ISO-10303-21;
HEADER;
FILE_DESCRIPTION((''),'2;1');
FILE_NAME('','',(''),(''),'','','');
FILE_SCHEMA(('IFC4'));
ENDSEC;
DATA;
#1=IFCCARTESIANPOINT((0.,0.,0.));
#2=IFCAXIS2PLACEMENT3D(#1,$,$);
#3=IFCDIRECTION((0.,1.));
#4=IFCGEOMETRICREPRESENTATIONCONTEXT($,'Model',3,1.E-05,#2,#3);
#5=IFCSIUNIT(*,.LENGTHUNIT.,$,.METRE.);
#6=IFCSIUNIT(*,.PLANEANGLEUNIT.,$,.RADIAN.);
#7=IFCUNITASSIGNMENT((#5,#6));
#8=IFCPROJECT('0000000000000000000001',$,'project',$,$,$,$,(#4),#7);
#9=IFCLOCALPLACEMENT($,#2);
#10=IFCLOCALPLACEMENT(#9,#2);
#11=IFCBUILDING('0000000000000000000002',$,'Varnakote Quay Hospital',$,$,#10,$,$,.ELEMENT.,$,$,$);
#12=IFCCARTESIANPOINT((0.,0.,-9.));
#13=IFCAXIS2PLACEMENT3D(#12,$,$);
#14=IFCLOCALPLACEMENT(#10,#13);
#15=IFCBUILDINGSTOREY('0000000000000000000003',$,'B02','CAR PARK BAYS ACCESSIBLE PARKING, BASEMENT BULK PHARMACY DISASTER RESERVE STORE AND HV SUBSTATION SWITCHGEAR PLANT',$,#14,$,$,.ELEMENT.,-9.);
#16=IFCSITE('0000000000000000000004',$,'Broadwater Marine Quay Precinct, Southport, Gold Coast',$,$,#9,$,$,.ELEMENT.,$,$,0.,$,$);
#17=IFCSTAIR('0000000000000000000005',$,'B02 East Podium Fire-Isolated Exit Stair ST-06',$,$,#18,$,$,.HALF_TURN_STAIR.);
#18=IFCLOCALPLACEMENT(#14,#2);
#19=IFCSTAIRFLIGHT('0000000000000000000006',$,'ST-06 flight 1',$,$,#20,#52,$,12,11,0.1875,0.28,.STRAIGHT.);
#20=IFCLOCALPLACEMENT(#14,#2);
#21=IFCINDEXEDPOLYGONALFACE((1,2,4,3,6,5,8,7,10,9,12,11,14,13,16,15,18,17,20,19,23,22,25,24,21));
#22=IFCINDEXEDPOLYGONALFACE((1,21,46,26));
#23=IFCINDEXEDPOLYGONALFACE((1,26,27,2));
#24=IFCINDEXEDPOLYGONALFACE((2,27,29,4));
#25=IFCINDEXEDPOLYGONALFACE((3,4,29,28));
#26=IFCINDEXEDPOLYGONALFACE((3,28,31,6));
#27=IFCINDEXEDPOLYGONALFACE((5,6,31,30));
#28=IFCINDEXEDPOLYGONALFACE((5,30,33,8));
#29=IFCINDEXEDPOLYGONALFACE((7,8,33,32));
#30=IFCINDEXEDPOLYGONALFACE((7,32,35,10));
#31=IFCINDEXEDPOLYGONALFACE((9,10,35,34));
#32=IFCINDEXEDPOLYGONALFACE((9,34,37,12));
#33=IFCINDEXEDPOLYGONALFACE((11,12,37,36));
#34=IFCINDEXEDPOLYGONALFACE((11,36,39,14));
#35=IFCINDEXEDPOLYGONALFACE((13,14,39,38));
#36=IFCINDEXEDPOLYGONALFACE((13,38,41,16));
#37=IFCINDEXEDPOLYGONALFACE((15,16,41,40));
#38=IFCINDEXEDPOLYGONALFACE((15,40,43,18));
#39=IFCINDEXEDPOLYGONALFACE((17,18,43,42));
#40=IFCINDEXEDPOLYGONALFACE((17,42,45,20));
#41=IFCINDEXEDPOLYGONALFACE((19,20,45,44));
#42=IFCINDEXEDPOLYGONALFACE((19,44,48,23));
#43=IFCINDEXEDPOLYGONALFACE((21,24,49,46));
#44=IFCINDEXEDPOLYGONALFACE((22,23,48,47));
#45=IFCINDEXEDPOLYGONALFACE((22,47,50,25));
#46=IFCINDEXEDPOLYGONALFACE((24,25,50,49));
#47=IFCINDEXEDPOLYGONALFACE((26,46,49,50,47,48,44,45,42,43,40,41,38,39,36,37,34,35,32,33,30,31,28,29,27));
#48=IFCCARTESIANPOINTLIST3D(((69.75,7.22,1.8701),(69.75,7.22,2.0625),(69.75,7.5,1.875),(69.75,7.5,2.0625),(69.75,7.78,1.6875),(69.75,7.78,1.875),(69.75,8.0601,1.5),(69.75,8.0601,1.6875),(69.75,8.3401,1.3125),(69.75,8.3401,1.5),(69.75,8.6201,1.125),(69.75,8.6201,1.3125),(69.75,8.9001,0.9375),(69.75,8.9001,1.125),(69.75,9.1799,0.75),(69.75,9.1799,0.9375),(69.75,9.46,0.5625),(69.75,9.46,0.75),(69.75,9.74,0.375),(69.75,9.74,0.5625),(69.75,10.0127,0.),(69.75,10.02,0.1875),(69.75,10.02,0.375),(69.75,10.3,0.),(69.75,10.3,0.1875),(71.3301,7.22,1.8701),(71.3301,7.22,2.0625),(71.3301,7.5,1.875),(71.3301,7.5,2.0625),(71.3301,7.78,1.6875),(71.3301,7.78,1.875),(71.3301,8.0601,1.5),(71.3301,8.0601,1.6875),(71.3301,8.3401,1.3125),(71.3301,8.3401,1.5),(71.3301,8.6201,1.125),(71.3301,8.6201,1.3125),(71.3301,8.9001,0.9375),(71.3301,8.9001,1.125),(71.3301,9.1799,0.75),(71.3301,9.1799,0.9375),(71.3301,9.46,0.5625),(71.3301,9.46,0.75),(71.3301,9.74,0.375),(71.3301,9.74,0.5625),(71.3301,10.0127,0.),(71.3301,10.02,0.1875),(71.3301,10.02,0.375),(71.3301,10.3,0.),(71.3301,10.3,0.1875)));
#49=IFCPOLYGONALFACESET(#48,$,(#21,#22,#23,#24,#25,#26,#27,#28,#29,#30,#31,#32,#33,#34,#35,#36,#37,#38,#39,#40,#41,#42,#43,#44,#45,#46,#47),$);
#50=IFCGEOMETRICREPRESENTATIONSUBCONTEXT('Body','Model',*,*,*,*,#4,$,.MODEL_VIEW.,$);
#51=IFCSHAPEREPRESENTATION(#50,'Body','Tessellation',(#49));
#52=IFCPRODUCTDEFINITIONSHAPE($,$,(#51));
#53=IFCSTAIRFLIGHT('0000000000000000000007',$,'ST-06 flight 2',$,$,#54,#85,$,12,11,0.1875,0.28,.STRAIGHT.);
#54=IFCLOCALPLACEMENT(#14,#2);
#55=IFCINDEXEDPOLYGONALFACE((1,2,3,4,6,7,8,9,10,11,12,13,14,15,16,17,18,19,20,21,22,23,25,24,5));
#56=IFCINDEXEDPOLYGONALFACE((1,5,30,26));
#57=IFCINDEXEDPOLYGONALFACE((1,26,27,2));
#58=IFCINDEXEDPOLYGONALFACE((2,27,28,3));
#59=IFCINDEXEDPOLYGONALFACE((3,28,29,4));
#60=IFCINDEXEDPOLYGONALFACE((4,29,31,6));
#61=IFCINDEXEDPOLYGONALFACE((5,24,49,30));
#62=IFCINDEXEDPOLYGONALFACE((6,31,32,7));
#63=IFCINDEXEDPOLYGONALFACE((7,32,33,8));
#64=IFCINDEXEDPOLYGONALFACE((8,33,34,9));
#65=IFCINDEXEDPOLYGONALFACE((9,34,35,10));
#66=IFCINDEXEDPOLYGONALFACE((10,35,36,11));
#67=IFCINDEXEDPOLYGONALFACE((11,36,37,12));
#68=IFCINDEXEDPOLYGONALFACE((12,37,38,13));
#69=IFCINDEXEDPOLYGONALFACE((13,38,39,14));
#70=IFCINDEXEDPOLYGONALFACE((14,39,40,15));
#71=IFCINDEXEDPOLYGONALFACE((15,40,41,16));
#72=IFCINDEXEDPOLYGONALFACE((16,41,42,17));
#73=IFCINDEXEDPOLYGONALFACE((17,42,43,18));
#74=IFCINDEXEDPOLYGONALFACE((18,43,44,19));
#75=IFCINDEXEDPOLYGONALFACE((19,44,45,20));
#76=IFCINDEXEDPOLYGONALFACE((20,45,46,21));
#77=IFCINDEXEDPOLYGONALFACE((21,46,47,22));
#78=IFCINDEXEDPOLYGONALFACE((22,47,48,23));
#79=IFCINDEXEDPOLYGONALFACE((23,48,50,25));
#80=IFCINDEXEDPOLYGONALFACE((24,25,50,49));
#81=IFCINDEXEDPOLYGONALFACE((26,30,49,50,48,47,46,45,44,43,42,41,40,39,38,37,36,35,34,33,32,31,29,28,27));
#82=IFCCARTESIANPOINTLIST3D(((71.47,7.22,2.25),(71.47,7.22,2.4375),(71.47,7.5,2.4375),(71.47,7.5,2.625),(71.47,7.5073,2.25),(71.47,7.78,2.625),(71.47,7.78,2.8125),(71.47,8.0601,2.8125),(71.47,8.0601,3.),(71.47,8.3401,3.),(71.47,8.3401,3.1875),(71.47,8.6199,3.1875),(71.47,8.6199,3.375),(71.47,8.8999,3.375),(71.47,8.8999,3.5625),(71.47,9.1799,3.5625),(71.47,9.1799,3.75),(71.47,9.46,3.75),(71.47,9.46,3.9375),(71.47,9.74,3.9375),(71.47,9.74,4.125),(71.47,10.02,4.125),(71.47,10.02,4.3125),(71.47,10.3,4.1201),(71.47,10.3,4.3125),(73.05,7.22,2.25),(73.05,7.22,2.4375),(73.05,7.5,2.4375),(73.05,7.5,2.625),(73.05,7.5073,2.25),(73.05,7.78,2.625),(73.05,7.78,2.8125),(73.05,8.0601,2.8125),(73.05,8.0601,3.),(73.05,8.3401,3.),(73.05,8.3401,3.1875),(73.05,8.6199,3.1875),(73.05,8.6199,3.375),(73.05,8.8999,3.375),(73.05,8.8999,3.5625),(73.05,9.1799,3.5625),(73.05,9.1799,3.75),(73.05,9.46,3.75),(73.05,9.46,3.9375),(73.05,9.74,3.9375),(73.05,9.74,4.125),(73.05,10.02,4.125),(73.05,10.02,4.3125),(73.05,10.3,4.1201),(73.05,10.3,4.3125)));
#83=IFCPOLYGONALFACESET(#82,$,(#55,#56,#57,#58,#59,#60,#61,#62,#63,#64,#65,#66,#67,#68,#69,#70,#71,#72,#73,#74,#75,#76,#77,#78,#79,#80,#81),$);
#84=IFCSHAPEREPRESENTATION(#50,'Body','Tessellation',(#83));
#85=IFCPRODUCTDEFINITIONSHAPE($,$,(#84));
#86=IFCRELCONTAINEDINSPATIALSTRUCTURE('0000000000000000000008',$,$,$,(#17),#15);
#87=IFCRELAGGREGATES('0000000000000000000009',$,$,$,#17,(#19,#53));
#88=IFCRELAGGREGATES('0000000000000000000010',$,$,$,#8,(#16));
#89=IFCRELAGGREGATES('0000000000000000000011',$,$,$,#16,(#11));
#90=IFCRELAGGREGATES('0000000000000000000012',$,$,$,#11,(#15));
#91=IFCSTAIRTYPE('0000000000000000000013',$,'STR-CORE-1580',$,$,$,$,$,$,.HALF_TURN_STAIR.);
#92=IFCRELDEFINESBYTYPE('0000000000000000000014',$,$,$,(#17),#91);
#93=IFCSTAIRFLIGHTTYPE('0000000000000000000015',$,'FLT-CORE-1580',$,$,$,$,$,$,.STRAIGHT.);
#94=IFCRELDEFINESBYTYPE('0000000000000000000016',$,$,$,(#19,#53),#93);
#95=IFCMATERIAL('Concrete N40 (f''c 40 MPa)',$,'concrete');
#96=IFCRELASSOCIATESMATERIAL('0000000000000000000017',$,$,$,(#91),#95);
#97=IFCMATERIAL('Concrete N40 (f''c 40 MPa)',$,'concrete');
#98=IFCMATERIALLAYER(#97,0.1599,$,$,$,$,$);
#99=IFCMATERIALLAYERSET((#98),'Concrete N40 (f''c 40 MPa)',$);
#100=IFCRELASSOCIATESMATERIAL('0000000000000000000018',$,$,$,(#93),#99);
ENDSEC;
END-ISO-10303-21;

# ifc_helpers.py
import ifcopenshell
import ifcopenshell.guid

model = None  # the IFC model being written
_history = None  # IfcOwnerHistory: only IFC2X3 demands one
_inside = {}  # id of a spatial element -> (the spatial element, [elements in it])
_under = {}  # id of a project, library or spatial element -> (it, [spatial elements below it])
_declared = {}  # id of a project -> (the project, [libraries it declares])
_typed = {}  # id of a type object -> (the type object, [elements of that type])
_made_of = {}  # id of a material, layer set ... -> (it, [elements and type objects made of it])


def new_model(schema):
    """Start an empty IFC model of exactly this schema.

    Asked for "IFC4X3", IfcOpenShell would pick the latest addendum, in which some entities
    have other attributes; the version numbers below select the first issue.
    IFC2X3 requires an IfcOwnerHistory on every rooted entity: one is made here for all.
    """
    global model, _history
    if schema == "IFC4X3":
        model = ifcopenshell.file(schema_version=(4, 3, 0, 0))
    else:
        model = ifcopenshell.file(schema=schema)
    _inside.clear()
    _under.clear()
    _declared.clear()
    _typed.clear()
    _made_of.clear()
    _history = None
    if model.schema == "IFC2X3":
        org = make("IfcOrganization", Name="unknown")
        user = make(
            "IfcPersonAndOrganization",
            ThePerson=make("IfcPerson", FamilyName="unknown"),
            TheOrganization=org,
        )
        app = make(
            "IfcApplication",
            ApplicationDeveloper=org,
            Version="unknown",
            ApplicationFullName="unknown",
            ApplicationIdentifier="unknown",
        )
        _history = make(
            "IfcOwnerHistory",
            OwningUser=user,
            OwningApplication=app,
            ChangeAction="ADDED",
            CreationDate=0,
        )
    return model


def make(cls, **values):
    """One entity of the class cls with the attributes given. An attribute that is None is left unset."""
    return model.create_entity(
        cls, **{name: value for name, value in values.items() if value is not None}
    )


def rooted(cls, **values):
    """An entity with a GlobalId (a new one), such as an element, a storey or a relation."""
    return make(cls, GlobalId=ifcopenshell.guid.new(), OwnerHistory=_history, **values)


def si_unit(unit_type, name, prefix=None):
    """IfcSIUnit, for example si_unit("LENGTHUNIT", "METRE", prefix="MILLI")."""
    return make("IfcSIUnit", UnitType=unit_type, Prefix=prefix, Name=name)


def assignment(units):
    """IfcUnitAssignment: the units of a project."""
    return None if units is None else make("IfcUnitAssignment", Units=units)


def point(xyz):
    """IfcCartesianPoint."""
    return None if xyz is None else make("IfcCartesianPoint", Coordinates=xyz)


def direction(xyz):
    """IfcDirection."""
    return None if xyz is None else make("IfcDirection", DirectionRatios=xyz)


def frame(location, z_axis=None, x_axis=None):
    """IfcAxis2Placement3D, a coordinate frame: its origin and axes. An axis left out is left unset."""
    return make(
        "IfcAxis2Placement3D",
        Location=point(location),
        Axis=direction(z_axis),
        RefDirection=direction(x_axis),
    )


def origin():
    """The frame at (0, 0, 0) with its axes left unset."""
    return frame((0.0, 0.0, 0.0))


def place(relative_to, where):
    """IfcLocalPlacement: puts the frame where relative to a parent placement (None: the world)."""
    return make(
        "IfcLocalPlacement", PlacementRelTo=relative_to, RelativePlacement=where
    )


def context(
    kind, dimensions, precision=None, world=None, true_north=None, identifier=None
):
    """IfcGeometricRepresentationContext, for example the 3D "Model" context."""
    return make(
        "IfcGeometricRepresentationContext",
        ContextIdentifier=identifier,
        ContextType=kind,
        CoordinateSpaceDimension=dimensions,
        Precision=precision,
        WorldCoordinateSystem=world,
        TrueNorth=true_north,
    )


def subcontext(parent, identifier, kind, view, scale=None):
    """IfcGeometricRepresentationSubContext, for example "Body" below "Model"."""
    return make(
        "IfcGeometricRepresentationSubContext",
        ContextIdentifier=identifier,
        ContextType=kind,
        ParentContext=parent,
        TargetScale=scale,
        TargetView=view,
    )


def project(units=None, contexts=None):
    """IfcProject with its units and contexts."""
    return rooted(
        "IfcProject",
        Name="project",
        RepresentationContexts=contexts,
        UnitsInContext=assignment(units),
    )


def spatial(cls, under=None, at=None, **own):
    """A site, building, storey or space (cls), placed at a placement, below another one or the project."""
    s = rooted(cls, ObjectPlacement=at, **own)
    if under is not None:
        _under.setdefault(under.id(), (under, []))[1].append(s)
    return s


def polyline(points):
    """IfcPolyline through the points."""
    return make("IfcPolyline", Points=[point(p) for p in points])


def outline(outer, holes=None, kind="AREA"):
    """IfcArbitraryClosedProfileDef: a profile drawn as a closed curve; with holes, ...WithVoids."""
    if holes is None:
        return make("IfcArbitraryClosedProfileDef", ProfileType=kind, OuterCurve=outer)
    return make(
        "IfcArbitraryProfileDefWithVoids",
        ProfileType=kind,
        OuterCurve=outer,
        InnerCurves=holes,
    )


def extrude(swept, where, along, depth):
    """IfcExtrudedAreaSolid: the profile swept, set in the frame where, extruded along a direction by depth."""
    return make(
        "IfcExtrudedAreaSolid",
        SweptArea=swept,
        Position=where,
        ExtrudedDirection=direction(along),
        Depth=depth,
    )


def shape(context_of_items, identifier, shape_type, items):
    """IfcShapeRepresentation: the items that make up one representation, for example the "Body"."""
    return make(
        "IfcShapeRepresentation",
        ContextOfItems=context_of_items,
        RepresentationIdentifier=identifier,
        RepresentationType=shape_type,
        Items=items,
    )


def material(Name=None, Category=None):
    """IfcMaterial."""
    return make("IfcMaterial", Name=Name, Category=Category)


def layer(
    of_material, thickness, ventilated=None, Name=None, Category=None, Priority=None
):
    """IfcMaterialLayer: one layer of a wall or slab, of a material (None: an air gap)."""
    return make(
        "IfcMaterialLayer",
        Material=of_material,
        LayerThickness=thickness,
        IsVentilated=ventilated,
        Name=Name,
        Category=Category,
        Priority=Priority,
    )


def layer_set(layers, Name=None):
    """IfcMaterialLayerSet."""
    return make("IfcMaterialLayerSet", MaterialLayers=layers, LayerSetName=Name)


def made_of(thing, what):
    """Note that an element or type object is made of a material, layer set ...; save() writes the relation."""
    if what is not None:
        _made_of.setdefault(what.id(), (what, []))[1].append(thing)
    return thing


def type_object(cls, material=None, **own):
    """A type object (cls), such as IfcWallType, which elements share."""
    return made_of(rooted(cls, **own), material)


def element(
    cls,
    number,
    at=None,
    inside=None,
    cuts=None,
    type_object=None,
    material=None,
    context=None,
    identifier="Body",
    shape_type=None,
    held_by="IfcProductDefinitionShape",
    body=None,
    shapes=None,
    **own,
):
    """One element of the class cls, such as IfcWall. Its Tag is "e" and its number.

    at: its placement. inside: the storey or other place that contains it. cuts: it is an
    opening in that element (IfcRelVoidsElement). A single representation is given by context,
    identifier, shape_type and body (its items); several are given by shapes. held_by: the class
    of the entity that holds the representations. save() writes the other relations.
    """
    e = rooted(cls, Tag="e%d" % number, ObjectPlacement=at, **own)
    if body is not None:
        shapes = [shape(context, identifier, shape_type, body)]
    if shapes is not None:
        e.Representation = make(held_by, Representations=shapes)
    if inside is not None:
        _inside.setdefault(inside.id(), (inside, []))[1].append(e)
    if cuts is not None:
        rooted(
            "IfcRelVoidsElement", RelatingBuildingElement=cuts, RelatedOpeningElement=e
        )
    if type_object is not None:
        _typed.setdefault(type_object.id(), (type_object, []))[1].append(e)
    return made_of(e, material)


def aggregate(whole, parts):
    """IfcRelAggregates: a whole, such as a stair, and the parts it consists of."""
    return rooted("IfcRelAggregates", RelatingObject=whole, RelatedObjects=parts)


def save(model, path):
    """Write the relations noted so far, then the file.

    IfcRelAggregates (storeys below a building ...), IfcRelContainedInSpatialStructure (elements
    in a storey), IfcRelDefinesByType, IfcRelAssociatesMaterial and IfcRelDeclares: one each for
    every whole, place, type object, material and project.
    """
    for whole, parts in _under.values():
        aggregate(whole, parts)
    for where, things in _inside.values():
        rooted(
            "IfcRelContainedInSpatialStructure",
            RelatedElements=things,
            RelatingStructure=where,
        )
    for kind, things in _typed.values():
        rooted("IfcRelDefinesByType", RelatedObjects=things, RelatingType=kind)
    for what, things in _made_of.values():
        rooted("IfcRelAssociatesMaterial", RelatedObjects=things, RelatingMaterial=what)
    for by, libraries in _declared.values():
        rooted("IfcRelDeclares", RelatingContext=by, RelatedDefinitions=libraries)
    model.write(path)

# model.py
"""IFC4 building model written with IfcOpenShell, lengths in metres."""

from ifc_helpers import new_model, si_unit, direction, frame, origin, place, context, subcontext, project, spatial, polyline, outline, extrude, material, layer, layer_set, type_object, element, aggregate, save


model = new_model("IFC4")

# Units and contexts
model_context = context("Model", 3, precision=1e-05, world=origin(), true_north=direction((0.0, 1.0)))
body_context = subcontext(model_context, "Body", "Model", "MODEL_VIEW")
ifc_project = project(units=[si_unit("LENGTHUNIT", "METRE"), si_unit("PLANEANGLEUNIT", "RADIAN")], contexts=[model_context])

# Site, building, storey
site_placement = place(None, origin())
site = spatial("IfcSite", under=ifc_project, at=site_placement, Name="Broadwater Marine Quay Precinct, Southport, Gold Coast", CompositionType="ELEMENT", RefElevation=0.0)
building_placement = place(site_placement, origin())
building = spatial("IfcBuilding", under=site, at=building_placement, Name="Varnakote Quay Hospital", CompositionType="ELEMENT")
storey_placement = place(building_placement, frame((0.0, 0.0, -9.0)))
storey = spatial("IfcBuildingStorey", under=building, at=storey_placement, Name="B02", Description="CAR PARK BAYS ACCESSIBLE PARKING, BASEMENT BULK PHARMACY DISASTER RESERVE STORE AND HV SUBSTATION SWITCHGEAR PLANT", CompositionType="ELEMENT", Elevation=-9.0)

# Stair, stair flights
ifc_material_1 = material(Name="Concrete N40 (f'c 40 MPa)", Category="concrete")
stair_type = type_object("IfcStairType", Name="STR-CORE-1580", PredefinedType="HALF_TURN_STAIR", material=ifc_material_1)
stair_placement = place(storey_placement, origin())
stair = element("IfcStair", 1, at=stair_placement, inside=storey, type_object=stair_type, Name="B02 East Podium Fire-Isolated Exit Stair ST-06", PredefinedType="HALF_TURN_STAIR")
ifc_material_2 = material(Name="Concrete N40 (f'c 40 MPa)", Category="concrete")
ifc_layer_1 = layer(ifc_material_2, 0.1599)
ifc_layer_set_1 = layer_set([ifc_layer_1], Name="Concrete N40 (f'c 40 MPa)")
stair_flight_type = type_object("IfcStairFlightType", Name="FLT-CORE-1580", PredefinedType="STRAIGHT", material=ifc_layer_set_1)
stair_flight_1_placement = place(storey_placement, frame((70.54, 10.3, 0.0), z_axis=(0.0, 0.0, 1.0), x_axis=(0.0, -1.0, 0.0)))
stair_flight_1 = element("IfcStairFlight", 2, at=stair_flight_1_placement, type_object=stair_flight_type, Name="ST-06 flight 1", NumberOfRisers=12, NumberOfTreads=11, PredefinedType="STRAIGHT", RiserHeight=0.1875, TreadLength=0.28, context=body_context, shape_type="SweptSolid", body=[
    extrude(outline(polyline([(0.0, 0.0), (0.0, 0.1875), (0.28, 0.1875), (0.28, 0.375), (0.5601, 0.375), (0.5601, 0.5625), (0.8401, 0.5625), (0.8401, 0.75), (1.1201, 0.75), (1.1201, 0.9375), (1.3999, 0.9375), (1.3999, 1.125), (1.6799, 1.125), (1.6799, 1.3125), (1.96, 1.3125), (1.96, 1.5), (2.24, 1.5), (2.24, 1.6875), (2.52, 1.6875), (2.52, 1.875), (2.8, 1.875), (2.8, 2.0625), (3.0801, 2.0625), (3.0801, 2.25), (3.0801, 1.8701), (0.2874, 0.0), (0.0, 0.0)])), frame((0.0, 0.79, 0.0), z_axis=(0.0, -1.0, 0.0), x_axis=(1.0, 0.0, 0.0)), (0.0, 0.0, 1.0), 1.5801),
])
stair_flight_2_placement = place(storey_placement, frame((72.26, 7.22, 2.25), z_axis=(0.0, 0.0, 1.0), x_axis=(0.0, 1.0, 0.0)))
stair_flight_2 = element("IfcStairFlight", 3, at=stair_flight_2_placement, type_object=stair_flight_type, Name="ST-06 flight 2", NumberOfRisers=12, NumberOfTreads=11, PredefinedType="STRAIGHT", RiserHeight=0.1875, TreadLength=0.28, context=body_context, shape_type="SweptSolid", body=[
    extrude(outline(polyline([(0.0, 0.0), (0.0, 0.1875), (0.28, 0.1875), (0.28, 0.375), (0.5601, 0.375), (0.5601, 0.5625), (0.8401, 0.5625), (0.8401, 0.75), (1.1201, 0.75), (1.1201, 0.9375), (1.3999, 0.9375), (1.3999, 1.125), (1.6799, 1.125), (1.6799, 1.3125), (1.96, 1.3125), (1.96, 1.5), (2.24, 1.5), (2.24, 1.6875), (2.52, 1.6875), (2.52, 1.875), (2.8, 1.875), (2.8, 2.0625), (3.0801, 2.0625), (3.0801, 2.25), (3.0801, 1.8701), (0.2874, 0.0), (0.0, 0.0)])), frame((0.0, 0.79, 0.0), z_axis=(0.0, -1.0, 0.0), x_axis=(1.0, 0.0, 0.0)), (0.0, 0.0, 1.0), 1.5801),
])
aggregate(stair, [stair_flight_1, stair_flight_2])

save(model, "model.ifc")
